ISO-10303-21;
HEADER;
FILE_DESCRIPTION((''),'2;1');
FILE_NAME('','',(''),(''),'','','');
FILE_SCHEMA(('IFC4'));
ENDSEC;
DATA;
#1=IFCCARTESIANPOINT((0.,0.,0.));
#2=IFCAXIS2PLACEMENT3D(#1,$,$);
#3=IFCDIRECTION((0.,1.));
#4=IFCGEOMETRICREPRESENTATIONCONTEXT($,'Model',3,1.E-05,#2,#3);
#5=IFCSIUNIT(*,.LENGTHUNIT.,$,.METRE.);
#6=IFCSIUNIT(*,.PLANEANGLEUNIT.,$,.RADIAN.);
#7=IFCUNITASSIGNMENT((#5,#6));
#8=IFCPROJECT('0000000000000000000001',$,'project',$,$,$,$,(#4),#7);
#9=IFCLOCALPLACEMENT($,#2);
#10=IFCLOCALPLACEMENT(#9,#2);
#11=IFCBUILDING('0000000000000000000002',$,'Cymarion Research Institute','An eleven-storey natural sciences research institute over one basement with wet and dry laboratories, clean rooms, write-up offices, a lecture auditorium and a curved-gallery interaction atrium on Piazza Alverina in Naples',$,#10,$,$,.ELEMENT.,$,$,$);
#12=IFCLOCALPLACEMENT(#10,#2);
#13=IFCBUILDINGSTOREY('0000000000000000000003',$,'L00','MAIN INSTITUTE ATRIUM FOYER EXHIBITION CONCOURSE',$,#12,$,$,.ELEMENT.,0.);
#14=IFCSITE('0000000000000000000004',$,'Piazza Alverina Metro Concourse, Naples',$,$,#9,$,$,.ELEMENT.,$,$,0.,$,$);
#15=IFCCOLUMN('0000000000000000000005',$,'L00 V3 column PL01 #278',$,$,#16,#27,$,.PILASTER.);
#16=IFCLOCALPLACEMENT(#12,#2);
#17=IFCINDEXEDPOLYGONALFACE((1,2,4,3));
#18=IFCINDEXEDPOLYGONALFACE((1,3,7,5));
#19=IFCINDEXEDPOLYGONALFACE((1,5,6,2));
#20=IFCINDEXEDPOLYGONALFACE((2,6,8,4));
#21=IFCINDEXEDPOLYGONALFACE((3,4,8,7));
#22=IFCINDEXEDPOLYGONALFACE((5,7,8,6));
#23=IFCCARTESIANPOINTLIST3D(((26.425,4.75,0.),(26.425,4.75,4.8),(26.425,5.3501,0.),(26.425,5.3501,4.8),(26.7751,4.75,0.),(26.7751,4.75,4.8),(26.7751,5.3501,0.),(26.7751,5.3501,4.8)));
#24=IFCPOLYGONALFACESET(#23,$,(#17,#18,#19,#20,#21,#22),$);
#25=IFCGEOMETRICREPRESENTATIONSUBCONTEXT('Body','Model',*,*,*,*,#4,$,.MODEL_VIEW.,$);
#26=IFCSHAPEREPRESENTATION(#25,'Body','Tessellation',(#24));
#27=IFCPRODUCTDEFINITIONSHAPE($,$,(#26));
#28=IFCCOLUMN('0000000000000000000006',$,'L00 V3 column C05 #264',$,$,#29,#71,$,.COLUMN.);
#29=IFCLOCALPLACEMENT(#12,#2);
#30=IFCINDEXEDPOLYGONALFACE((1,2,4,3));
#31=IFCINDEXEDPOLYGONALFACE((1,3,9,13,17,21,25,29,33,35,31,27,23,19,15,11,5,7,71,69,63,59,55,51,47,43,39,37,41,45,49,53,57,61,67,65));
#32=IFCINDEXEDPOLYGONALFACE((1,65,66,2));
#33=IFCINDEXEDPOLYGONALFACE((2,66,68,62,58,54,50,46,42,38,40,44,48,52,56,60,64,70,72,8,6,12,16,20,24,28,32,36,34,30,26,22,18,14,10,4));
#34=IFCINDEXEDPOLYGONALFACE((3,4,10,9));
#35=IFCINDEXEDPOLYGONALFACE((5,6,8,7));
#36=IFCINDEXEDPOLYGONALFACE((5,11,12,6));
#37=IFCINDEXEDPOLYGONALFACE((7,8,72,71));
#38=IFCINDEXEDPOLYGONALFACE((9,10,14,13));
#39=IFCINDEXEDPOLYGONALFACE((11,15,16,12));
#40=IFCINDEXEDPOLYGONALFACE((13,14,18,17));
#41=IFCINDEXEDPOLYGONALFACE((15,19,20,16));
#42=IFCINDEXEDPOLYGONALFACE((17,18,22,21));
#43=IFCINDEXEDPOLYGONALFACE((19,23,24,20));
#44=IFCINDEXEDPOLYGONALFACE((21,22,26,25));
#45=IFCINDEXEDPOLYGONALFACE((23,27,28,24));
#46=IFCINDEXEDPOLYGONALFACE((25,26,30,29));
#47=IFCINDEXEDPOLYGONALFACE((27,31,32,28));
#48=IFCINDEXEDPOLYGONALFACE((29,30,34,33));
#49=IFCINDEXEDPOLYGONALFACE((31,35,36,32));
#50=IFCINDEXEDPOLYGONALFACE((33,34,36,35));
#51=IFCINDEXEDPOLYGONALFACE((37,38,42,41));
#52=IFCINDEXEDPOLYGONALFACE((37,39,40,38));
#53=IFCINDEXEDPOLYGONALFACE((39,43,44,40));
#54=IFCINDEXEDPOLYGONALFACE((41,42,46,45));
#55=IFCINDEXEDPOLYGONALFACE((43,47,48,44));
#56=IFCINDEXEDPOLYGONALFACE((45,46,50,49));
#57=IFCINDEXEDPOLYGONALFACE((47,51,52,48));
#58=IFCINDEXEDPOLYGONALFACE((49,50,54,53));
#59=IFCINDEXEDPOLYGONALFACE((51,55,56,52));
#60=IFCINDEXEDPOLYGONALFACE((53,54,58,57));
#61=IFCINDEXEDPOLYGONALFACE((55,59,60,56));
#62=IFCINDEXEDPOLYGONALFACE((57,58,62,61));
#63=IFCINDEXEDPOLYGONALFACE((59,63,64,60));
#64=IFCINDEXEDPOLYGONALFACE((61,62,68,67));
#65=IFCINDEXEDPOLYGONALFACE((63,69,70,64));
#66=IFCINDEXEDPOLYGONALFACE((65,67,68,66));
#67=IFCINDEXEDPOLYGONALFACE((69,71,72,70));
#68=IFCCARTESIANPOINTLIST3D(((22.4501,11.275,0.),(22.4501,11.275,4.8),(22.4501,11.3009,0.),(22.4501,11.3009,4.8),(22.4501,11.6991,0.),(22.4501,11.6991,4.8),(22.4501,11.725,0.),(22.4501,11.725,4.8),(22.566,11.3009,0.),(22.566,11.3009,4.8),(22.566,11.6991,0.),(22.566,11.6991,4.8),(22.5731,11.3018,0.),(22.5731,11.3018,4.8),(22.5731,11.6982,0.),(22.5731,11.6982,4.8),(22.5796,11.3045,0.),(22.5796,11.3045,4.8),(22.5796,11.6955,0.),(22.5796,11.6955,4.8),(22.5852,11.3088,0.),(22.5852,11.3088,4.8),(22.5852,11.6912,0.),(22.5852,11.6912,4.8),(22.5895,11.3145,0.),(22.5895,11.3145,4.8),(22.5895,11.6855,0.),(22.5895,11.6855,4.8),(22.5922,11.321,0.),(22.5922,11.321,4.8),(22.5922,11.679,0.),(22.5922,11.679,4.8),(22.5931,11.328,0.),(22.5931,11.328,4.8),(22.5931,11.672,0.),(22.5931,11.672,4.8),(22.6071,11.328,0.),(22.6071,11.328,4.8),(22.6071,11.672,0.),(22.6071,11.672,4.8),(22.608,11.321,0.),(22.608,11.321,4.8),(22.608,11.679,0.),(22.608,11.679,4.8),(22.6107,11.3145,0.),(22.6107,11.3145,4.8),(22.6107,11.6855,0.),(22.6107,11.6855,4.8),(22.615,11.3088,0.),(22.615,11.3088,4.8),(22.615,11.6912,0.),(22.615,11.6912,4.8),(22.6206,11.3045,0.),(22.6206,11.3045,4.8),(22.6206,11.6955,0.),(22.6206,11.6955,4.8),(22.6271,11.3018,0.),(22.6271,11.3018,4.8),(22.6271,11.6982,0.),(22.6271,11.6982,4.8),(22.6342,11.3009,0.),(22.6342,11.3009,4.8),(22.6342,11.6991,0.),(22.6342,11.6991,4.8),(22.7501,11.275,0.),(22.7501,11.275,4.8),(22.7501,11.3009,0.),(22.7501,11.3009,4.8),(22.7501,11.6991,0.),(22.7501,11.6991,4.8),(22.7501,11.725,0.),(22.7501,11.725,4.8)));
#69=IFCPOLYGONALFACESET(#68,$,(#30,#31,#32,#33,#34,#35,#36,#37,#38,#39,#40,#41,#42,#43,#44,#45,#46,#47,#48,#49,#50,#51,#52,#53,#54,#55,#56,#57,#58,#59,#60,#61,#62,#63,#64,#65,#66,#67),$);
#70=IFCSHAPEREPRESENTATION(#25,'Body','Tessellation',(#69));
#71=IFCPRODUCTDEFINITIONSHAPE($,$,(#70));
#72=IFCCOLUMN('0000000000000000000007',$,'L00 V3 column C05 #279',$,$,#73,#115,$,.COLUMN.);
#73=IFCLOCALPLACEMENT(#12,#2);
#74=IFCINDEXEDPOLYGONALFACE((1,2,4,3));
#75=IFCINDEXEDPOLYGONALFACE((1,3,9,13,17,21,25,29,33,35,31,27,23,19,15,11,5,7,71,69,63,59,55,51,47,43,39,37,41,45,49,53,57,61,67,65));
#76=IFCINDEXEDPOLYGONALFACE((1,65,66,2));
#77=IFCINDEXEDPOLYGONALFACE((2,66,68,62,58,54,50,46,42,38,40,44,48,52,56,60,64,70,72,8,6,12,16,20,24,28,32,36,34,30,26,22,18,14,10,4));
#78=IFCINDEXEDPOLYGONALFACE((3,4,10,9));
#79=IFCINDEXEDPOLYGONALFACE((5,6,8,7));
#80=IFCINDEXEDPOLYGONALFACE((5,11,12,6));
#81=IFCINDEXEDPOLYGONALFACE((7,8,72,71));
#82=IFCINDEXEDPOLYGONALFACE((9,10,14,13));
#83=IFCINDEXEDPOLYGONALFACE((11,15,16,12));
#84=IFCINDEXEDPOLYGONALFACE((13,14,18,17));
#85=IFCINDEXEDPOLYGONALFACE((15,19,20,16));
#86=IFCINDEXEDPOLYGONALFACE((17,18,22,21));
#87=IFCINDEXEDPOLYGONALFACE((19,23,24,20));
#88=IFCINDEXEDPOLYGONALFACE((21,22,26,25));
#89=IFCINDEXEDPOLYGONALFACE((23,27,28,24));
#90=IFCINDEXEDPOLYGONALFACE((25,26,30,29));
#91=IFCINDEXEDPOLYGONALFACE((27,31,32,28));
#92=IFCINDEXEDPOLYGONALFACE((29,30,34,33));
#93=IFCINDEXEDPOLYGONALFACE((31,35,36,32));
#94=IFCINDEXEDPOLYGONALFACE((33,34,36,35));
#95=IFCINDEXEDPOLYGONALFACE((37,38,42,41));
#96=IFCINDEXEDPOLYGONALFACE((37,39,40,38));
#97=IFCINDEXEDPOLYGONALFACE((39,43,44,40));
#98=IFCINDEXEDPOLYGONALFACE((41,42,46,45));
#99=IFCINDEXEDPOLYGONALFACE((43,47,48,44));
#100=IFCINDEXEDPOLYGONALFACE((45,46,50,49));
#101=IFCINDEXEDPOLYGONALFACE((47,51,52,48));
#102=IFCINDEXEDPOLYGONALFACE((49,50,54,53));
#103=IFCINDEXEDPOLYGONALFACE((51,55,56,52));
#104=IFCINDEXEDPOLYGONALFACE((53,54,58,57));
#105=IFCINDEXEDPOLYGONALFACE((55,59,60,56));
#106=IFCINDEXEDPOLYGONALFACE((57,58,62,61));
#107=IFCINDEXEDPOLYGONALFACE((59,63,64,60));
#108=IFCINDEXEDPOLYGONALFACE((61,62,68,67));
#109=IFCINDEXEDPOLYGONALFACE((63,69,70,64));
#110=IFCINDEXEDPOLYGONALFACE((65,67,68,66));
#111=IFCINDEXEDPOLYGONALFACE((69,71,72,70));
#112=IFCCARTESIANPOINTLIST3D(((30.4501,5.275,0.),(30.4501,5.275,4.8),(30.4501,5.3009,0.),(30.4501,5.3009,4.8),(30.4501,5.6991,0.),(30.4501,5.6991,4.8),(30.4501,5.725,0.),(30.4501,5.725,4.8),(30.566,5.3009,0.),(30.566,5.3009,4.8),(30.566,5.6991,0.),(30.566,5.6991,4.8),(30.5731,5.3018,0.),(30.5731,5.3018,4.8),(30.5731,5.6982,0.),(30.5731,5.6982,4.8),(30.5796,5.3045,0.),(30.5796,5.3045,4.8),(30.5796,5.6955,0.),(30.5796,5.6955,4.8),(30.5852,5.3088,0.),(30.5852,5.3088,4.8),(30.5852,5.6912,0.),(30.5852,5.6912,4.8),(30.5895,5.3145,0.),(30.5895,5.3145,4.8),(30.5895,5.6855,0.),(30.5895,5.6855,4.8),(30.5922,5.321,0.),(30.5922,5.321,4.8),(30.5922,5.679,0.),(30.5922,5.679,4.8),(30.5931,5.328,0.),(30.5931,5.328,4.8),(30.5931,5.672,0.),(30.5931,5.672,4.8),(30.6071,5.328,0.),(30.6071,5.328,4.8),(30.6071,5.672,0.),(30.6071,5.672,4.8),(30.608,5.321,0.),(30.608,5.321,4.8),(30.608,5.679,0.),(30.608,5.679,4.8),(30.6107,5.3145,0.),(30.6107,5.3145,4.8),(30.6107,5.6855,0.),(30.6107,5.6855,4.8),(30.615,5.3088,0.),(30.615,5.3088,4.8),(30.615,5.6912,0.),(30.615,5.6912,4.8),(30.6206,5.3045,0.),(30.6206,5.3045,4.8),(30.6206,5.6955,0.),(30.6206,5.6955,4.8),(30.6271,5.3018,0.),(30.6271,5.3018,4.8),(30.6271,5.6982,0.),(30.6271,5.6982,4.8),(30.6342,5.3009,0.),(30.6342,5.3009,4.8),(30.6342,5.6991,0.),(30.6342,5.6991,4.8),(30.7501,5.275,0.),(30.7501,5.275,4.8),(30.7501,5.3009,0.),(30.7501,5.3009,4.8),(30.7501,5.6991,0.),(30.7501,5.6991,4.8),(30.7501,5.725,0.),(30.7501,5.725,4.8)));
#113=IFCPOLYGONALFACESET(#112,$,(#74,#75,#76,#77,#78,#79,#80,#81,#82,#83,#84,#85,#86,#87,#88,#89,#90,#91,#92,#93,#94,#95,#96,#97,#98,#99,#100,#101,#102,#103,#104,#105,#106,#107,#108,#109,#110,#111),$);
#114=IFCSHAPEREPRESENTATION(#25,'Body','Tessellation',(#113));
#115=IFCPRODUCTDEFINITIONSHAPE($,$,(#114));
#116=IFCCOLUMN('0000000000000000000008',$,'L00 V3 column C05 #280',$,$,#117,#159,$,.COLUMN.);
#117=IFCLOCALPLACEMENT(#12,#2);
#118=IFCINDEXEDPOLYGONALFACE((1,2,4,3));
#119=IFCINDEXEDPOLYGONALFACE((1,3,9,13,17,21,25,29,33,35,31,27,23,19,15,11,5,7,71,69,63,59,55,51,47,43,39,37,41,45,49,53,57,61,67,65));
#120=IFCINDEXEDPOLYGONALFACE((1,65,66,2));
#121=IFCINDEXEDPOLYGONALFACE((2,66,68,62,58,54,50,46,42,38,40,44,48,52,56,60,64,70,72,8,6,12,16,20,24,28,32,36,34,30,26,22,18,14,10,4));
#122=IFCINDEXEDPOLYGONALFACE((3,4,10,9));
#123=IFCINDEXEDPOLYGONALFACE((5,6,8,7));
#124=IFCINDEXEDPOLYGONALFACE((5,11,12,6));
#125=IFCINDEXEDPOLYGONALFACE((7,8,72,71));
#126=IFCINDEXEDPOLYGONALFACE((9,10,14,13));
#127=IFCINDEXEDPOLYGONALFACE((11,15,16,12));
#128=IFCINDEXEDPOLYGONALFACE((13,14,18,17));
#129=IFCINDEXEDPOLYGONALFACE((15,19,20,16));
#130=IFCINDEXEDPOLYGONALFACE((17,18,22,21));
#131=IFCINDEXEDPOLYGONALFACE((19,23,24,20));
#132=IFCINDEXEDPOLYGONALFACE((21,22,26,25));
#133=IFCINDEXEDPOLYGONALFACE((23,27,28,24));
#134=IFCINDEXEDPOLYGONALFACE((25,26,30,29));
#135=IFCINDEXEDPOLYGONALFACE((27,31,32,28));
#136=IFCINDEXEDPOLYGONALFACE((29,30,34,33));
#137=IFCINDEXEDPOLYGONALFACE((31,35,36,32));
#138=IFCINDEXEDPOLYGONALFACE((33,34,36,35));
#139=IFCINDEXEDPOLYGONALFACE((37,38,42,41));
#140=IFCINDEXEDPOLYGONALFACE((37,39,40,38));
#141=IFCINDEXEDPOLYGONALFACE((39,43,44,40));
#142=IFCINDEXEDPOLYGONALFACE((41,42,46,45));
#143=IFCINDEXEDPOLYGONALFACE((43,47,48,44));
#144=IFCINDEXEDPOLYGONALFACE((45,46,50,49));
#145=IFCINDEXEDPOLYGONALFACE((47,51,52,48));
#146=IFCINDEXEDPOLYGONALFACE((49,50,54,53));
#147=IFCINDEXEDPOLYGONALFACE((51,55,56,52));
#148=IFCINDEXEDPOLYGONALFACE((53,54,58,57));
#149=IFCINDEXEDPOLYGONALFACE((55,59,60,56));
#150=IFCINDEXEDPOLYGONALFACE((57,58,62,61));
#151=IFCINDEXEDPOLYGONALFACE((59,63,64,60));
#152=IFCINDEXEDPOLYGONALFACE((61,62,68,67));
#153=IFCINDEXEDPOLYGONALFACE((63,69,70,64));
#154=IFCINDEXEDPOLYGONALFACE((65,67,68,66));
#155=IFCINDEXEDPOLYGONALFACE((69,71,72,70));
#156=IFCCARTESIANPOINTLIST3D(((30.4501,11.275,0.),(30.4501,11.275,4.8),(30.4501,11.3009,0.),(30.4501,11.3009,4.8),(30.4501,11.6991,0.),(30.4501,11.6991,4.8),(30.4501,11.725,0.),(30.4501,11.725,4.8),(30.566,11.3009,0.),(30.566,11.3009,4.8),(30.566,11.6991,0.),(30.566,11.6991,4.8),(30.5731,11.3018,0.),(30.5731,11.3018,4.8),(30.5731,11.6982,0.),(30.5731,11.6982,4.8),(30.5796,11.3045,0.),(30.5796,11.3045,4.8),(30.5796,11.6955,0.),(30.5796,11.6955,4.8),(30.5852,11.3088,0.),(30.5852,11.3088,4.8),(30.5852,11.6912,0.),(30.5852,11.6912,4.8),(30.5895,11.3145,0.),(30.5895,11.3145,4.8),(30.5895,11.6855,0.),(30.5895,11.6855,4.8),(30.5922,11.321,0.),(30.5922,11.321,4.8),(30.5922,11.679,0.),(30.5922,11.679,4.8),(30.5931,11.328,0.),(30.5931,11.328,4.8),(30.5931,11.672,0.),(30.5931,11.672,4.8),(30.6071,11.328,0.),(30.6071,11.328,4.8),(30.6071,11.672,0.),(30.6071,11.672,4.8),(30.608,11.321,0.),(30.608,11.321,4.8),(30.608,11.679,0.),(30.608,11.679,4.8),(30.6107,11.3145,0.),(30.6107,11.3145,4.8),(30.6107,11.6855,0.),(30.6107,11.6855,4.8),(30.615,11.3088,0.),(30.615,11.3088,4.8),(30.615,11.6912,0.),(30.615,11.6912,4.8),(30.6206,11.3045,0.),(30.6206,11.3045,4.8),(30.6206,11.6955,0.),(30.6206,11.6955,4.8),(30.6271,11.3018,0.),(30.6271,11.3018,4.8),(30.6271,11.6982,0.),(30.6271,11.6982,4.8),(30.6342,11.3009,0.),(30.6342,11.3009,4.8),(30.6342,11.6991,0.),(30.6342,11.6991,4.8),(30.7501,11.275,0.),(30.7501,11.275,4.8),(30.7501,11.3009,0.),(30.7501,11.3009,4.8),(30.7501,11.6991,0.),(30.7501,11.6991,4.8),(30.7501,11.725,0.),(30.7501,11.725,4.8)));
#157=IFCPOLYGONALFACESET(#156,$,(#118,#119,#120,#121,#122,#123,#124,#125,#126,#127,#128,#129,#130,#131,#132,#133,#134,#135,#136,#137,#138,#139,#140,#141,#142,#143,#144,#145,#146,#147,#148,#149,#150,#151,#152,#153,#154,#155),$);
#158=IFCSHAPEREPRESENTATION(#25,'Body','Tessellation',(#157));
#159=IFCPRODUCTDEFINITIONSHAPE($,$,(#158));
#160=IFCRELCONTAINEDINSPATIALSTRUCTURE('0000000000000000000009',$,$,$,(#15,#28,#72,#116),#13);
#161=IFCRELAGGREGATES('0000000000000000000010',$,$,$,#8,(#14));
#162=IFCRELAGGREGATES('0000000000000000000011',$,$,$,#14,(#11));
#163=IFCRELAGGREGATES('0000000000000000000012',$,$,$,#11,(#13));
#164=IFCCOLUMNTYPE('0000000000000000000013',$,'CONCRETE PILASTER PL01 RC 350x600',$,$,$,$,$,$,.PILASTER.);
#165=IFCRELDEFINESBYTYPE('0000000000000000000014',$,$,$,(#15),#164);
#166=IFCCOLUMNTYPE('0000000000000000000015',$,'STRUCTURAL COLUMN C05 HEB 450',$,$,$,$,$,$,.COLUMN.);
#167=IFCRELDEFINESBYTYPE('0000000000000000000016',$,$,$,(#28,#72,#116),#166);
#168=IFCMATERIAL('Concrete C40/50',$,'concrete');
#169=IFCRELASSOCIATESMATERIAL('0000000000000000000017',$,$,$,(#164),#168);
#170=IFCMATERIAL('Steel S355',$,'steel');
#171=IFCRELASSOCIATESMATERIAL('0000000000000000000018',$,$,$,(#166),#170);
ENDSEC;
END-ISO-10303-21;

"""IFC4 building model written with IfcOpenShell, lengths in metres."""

from ifc_helpers import new_model, si_unit, direction, frame, origin, origin_2d, place, context, subcontext, project, spatial, rectangle, i_section, extrude, material, material_profile, profile_set, type_object, element, save


model = new_model("IFC4")

# Units and contexts
model_context = context("Model", 3, precision=1e-05, world=origin(), true_north=direction((0.0, 1.0)))
body_context = subcontext(model_context, "Body", "Model", "MODEL_VIEW")
ifc_project = project(units=[si_unit("LENGTHUNIT", "METRE"), si_unit("PLANEANGLEUNIT", "RADIAN")], contexts=[model_context])

# Site, building, storey
site_placement = place(None, origin())
site = spatial("IfcSite", under=ifc_project, at=site_placement, Name="Piazza Alverina Metro Concourse, Naples", CompositionType="ELEMENT", RefElevation=0.0)
building_placement = place(site_placement, origin())
building = spatial("IfcBuilding", under=site, at=building_placement, Name="Cymarion Research Institute", Description="An eleven-storey natural sciences research institute over one basement with wet and dry laboratories, clean rooms, write-up offices, a lecture auditorium and a curved-gallery interaction atrium on Piazza Alverina in Naples", CompositionType="ELEMENT")
storey_placement = place(building_placement, origin())
storey = spatial("IfcBuildingStorey", under=building, at=storey_placement, Name="L00", Description="MAIN INSTITUTE ATRIUM FOYER EXHIBITION CONCOURSE", CompositionType="ELEMENT", Elevation=0.0)

# Columns
ifc_material_1 = material(Name="Concrete C40/50", Category="concrete")
ifc_material_profile_1 = material_profile(ifc_material_1, rectangle(XDim=0.3501, YDim=0.6001, at=origin_2d()), Name="RC 350x600")
ifc_profile_set_1 = profile_set([ifc_material_profile_1], Name="Concrete C40/50")
column_type_1 = type_object("IfcColumnType", Name="CONCRETE PILASTER PL01 RC 350x600", PredefinedType="PILASTER", material=ifc_profile_set_1)
column_placement = place(storey_placement, frame((26.6001, 5.05, 0.0), z_axis=(0.0, 0.0, 1.0), x_axis=(1.0, 0.0, 0.0)))
element("IfcColumn", 1, at=column_placement, inside=storey, type_object=column_type_1, Name="L00 V3 column PL01 #278", PredefinedType="PILASTER", context=body_context, shape_type="SweptSolid", body=[
    extrude(rectangle(XDim=0.3501, YDim=0.6001, at=origin_2d()), origin(), (0.0, 0.0, 1.0), 4.8),
])
ifc_material_2 = material(Name="Steel S355", Category="steel")
ifc_material_profile_2 = material_profile(ifc_material_2, i_section(OverallWidth=0.3, OverallDepth=0.45, WebThickness=0.0139, FlangeThickness=0.0259, FilletRadius=0.0271, at=origin_2d()), Name="HEB 450")
ifc_profile_set_2 = profile_set([ifc_material_profile_2], Name="Steel S355")
column_type_2 = type_object("IfcColumnType", Name="STRUCTURAL COLUMN C05 HEB 450", PredefinedType="COLUMN", material=ifc_profile_set_2)
for number, where, z_axis, x_axis, name in (
    (2, (22.6001, 11.5, 0.0), (0.0, 0.0, 1.0), (1.0, 0.0, 0.0), "L00 V3 column C05 #264"),
    (3, (30.6001, 5.5, 0.0), (0.0, 0.0, 1.0), (1.0, 0.0, 0.0), "L00 V3 column C05 #279"),
    (4, (30.6001, 11.5, 0.0), (0.0, 0.0, 1.0), (1.0, 0.0, 0.0), "L00 V3 column C05 #280"),
):
    element("IfcColumn", number, at=place(storey_placement, frame(where, z_axis=z_axis, x_axis=x_axis)), inside=storey, type_object=column_type_2, Name=name, PredefinedType="COLUMN", context=body_context, shape_type="SweptSolid", body=[
        extrude(i_section(OverallWidth=0.3, OverallDepth=0.45, WebThickness=0.0139, FlangeThickness=0.0259, FilletRadius=0.0271, at=origin_2d()), origin(), (0.0, 0.0, 1.0), 4.8),
    ])

save(model, "model.ifc")
